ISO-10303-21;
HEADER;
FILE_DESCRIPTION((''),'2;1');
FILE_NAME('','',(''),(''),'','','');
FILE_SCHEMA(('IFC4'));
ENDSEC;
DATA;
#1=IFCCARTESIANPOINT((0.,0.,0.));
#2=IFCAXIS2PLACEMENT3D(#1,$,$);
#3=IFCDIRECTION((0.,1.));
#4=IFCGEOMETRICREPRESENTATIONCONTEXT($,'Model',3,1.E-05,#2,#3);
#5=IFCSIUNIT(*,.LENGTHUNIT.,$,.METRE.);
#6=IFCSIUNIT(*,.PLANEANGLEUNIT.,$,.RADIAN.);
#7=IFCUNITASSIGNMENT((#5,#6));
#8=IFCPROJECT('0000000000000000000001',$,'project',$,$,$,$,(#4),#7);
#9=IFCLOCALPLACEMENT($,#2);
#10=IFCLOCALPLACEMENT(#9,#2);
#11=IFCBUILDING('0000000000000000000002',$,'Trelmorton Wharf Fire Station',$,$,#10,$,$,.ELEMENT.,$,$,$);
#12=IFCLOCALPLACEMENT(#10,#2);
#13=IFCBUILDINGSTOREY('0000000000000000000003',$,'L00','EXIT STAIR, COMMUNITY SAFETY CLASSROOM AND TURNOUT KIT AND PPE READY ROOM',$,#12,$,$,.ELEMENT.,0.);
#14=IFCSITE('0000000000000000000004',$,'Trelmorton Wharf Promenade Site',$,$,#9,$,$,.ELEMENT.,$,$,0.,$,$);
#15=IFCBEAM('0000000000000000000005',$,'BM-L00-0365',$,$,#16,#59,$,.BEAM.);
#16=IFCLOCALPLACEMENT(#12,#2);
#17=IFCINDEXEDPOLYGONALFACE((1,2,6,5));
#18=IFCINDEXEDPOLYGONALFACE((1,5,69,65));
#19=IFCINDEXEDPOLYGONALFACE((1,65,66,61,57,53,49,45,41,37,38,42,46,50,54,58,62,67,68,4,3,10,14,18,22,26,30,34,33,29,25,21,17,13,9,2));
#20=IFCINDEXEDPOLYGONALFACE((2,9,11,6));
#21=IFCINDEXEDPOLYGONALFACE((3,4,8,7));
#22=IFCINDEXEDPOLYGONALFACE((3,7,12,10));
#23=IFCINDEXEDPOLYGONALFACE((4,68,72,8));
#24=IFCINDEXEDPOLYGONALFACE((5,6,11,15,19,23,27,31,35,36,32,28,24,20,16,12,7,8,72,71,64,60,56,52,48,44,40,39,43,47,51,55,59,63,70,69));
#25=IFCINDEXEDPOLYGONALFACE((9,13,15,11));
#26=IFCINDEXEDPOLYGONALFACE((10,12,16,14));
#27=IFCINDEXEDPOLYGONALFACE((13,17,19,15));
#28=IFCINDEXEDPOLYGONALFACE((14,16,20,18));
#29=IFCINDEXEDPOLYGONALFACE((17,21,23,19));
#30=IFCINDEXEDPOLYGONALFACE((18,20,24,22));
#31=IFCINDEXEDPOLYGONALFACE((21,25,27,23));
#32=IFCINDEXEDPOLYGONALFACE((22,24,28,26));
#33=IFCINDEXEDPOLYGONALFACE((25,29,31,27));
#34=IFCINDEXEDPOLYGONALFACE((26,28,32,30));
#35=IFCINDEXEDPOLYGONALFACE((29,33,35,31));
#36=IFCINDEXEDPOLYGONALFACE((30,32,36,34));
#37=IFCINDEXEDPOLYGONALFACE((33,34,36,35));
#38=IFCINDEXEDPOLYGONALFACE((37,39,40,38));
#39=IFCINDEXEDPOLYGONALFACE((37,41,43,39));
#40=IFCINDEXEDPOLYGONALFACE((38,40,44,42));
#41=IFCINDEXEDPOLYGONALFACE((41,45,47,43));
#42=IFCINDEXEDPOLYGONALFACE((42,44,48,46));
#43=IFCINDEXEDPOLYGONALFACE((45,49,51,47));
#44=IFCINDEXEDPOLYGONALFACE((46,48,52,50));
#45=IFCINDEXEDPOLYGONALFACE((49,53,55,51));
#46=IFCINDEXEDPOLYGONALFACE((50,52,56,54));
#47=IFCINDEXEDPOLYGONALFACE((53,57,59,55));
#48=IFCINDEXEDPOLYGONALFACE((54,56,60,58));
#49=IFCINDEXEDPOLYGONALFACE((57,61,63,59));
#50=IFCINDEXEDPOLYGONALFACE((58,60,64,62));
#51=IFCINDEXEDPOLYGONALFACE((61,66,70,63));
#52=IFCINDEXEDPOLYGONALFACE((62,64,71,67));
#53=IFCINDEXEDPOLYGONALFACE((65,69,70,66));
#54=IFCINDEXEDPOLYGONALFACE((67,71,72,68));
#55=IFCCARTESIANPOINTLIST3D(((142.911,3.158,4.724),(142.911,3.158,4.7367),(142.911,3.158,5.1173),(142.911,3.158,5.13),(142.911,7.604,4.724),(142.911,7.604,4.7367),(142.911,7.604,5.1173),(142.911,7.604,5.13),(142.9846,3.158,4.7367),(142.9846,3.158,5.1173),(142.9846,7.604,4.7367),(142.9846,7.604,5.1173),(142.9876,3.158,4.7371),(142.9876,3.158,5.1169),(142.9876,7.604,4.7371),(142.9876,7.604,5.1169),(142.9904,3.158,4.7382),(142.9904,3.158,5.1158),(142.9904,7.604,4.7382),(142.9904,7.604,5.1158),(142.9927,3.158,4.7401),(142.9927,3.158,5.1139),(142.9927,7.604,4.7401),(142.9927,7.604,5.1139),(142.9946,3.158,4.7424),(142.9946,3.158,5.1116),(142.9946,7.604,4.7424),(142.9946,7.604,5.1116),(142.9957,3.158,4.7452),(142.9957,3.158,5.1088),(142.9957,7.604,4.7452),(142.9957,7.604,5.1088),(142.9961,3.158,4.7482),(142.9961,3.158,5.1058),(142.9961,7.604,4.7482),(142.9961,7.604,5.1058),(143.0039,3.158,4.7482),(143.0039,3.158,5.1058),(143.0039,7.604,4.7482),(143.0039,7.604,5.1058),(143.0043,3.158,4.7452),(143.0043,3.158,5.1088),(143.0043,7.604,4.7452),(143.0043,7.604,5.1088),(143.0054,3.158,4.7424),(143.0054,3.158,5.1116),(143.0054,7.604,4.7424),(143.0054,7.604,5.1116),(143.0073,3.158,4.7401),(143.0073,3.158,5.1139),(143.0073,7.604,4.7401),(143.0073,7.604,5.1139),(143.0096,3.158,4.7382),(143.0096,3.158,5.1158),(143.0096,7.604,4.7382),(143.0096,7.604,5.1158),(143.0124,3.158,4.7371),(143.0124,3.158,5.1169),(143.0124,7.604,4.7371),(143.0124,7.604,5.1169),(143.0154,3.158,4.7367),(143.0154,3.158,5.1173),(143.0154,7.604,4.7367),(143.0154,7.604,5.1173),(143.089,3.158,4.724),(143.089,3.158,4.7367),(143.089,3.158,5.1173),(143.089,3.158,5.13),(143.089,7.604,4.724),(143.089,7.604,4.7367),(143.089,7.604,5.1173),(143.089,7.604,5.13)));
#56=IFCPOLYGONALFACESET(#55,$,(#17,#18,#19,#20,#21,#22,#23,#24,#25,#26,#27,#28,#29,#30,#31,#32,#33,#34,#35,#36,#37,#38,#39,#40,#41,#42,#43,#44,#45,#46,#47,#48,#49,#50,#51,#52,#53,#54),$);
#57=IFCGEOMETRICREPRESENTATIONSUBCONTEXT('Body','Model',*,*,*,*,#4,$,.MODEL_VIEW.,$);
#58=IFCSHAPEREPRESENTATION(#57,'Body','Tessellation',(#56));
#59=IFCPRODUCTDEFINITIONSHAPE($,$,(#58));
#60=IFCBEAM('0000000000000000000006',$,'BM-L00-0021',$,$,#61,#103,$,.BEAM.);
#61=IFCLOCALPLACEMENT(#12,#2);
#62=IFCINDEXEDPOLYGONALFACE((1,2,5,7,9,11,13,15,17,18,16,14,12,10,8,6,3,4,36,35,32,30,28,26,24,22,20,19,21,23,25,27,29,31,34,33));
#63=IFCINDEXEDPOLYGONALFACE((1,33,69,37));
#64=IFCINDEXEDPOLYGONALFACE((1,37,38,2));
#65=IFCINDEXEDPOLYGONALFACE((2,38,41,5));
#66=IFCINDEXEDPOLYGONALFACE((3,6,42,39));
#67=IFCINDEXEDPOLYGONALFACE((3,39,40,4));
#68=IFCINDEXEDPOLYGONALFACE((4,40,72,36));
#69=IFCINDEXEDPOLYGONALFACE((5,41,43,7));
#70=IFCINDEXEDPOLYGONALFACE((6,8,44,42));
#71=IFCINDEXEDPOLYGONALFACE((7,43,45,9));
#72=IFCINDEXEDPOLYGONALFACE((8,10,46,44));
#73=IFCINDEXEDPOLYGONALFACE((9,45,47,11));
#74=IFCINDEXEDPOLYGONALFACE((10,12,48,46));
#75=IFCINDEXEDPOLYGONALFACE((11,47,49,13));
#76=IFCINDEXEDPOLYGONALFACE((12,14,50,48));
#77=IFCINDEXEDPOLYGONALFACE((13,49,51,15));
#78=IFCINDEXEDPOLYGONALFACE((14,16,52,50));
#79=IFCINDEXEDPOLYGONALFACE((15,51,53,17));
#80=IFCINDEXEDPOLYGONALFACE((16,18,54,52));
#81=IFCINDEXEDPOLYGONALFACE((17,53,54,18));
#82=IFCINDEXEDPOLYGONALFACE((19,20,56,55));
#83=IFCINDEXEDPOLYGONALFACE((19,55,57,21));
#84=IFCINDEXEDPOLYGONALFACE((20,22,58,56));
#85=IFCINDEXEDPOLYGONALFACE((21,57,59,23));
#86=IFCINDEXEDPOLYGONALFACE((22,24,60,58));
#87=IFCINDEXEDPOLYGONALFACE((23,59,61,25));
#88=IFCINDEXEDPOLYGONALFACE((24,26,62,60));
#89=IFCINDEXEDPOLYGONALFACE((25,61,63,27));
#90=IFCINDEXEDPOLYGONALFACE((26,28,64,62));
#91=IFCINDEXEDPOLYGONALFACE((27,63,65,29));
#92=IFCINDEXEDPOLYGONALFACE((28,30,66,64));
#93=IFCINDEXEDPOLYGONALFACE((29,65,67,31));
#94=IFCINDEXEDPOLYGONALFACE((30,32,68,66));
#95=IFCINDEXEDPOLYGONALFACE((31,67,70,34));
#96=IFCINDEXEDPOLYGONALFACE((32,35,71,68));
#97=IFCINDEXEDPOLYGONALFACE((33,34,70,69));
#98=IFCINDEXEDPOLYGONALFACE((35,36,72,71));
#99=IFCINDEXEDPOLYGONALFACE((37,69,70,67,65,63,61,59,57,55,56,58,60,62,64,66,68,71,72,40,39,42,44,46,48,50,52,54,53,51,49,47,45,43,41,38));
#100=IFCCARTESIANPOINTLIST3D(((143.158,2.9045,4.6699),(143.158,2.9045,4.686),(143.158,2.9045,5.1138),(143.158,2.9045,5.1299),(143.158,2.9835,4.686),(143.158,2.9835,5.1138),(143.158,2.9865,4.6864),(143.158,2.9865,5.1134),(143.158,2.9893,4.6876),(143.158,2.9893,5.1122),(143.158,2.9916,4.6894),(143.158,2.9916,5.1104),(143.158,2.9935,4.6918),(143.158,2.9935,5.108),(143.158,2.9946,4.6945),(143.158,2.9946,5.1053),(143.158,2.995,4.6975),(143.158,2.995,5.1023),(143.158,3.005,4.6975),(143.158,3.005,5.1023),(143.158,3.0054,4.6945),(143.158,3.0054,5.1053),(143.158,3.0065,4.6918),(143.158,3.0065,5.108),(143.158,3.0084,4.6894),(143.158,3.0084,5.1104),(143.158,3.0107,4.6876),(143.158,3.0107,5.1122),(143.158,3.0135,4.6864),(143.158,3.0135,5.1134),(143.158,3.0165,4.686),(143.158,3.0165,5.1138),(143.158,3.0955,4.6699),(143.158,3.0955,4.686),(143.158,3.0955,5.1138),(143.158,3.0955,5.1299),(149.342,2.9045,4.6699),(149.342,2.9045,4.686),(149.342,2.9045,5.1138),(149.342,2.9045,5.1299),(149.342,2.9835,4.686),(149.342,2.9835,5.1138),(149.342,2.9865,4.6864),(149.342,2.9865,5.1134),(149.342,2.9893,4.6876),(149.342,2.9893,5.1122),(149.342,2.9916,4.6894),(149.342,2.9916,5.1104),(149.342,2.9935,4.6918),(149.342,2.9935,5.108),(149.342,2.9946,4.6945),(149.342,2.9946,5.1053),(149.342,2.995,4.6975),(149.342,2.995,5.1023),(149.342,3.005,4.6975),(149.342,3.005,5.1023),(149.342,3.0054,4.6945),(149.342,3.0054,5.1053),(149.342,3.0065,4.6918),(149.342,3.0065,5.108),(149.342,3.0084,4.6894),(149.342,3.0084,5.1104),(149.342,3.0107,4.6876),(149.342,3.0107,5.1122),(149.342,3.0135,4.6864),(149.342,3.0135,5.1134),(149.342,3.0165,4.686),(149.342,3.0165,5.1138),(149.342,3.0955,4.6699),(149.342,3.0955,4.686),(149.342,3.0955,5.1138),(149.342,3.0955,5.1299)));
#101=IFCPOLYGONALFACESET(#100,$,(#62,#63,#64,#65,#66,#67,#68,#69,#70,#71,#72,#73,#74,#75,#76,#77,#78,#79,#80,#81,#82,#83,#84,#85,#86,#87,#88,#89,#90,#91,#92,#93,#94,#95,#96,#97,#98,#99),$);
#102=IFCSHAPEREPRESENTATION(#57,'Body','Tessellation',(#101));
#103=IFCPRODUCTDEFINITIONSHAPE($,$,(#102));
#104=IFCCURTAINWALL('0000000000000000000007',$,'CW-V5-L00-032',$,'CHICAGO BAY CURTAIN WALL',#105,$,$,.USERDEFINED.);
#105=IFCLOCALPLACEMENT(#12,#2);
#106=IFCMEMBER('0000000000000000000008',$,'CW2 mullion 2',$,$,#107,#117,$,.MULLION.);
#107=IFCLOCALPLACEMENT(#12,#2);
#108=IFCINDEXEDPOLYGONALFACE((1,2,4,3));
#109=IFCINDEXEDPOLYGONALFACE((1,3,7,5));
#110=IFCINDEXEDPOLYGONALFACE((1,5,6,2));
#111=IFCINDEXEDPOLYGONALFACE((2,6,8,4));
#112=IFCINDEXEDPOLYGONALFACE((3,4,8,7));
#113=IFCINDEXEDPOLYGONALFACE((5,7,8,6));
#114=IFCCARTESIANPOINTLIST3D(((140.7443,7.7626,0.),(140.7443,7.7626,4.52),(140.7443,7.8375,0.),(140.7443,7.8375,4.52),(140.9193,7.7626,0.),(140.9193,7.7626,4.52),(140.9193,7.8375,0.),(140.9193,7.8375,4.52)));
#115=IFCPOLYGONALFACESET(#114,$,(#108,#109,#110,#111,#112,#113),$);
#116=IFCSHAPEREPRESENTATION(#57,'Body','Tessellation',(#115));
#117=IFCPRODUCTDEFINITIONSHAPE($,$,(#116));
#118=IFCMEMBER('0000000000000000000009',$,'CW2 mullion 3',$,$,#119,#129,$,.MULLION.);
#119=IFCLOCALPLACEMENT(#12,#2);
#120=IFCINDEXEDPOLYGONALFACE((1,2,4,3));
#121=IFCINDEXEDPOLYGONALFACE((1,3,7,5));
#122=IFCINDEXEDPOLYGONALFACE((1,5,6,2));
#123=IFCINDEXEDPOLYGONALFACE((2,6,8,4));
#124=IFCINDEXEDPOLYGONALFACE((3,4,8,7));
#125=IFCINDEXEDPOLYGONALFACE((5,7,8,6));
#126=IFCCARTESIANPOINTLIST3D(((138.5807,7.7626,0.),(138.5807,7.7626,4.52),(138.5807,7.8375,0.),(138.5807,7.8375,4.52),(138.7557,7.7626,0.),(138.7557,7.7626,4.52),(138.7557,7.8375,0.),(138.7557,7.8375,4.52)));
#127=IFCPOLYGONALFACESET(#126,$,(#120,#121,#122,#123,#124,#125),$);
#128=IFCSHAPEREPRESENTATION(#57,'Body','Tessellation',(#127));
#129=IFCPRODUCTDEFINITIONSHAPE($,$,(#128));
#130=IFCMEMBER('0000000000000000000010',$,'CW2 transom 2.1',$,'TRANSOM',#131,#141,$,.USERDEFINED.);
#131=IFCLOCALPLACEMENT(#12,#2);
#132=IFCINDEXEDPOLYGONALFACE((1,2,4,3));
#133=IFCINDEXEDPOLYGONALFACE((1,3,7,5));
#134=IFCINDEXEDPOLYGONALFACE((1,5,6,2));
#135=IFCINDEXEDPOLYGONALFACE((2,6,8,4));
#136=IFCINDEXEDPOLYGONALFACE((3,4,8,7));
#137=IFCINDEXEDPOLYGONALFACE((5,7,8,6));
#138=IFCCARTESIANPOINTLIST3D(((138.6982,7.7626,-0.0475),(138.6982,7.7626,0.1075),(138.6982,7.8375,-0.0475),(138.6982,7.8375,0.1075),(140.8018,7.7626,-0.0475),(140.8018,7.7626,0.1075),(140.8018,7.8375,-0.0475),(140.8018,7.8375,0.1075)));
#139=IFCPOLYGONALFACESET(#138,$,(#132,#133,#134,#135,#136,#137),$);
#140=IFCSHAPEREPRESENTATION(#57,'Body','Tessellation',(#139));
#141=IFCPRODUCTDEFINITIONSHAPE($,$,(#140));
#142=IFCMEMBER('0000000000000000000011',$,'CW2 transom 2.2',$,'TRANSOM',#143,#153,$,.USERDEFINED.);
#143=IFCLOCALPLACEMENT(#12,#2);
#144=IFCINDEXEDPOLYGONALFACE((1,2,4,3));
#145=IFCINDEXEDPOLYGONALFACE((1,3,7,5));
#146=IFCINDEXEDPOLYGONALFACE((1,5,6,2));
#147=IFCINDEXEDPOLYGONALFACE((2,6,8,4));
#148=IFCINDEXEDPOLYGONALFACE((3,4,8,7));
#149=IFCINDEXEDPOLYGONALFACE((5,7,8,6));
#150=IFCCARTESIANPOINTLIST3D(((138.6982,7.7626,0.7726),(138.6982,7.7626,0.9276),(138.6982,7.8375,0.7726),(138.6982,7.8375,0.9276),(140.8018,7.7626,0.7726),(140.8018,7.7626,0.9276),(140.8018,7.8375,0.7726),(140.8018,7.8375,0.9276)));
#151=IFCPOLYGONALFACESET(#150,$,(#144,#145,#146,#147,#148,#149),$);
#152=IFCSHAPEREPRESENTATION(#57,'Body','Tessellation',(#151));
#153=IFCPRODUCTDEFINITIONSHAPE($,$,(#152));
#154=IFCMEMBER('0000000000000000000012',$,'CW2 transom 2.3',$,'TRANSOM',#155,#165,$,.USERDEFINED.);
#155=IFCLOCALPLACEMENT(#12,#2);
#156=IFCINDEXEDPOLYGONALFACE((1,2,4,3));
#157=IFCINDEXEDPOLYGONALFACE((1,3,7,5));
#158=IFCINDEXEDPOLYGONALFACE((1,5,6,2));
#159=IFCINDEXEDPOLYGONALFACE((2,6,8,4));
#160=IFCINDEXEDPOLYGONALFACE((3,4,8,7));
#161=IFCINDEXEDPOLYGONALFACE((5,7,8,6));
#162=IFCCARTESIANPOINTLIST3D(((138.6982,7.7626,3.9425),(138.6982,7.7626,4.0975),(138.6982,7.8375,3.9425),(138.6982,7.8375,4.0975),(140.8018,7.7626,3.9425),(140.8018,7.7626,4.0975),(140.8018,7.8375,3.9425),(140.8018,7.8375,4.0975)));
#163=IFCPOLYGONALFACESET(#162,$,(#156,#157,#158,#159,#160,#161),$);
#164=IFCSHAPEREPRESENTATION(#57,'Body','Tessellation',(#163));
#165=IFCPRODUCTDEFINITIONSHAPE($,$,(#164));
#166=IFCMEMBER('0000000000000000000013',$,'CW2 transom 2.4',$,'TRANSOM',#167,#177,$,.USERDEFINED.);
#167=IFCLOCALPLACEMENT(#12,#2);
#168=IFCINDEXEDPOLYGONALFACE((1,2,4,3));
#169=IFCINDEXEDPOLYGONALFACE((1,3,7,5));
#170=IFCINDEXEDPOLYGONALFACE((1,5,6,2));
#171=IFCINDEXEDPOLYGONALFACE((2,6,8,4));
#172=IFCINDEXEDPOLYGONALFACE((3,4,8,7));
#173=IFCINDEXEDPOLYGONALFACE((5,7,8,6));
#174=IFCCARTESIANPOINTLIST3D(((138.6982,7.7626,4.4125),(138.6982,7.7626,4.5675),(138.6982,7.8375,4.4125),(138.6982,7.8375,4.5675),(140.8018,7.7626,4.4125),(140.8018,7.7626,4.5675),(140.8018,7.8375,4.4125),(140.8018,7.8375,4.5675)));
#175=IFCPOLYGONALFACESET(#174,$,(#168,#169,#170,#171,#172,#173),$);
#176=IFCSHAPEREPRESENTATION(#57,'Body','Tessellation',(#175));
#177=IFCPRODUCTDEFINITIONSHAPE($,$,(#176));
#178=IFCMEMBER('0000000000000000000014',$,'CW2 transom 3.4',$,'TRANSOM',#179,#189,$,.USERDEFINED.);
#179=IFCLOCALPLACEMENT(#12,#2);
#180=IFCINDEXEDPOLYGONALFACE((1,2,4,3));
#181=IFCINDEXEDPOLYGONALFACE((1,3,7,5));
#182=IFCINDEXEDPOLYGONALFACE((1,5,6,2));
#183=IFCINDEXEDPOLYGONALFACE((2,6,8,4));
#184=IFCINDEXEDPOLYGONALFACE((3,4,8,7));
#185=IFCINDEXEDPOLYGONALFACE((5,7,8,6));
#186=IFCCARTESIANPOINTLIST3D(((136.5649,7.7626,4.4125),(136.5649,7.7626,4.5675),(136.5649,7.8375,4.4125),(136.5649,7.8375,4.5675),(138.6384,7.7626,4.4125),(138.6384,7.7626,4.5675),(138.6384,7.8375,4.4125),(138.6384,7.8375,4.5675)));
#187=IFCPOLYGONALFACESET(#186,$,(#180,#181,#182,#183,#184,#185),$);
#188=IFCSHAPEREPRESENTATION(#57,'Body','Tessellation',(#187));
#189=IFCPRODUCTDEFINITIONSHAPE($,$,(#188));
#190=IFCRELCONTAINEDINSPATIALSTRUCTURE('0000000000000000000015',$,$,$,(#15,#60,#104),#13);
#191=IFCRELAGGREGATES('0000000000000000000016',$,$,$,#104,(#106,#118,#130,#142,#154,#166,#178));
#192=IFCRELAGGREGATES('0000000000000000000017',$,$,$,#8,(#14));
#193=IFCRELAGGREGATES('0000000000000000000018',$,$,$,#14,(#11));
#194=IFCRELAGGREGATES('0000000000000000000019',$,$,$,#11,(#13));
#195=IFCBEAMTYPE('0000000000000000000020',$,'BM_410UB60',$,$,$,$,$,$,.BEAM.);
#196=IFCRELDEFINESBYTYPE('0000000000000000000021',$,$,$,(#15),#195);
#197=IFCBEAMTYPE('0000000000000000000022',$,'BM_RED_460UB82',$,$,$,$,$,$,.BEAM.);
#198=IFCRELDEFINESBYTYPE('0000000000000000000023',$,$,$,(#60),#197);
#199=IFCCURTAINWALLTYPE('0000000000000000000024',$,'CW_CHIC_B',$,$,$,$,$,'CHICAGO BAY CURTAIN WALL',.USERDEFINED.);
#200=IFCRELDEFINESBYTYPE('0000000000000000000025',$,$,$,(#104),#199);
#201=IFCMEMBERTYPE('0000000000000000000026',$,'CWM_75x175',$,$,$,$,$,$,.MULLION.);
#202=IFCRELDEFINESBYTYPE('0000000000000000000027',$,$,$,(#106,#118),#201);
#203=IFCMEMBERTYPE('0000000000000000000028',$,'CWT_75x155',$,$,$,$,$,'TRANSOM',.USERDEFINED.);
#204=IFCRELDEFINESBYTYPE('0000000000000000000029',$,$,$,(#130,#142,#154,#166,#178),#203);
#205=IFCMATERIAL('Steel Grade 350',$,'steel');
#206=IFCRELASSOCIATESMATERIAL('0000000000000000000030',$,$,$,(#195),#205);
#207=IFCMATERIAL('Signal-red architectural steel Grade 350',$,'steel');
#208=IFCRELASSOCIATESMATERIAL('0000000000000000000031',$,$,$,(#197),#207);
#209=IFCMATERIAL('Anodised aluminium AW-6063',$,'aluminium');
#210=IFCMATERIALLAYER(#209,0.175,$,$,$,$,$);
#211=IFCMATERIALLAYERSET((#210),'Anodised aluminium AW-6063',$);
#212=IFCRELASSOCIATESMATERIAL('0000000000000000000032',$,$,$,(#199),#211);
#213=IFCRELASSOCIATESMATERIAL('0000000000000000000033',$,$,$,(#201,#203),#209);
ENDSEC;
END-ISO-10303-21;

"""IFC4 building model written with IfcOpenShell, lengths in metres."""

from ifc_helpers import new_model, si_unit, direction, frame, origin, origin_2d, place, context, subcontext, project, spatial, rectangle, i_section, extrude, material, layer, layer_set, material_profile, profile_set, type_object, element, aggregate, save


model = new_model("IFC4")

# Units and contexts
model_context = context("Model", 3, precision=1e-05, world=origin(), true_north=direction((0.0, 1.0)))
body_context = subcontext(model_context, "Body", "Model", "MODEL_VIEW")
ifc_project = project(units=[si_unit("LENGTHUNIT", "METRE"), si_unit("PLANEANGLEUNIT", "RADIAN")], contexts=[model_context])

# Site, building, storey
site_placement = place(None, origin())
site = spatial("IfcSite", under=ifc_project, at=site_placement, Name="Trelmorton Wharf Promenade Site", CompositionType="ELEMENT", RefElevation=0.0)
building_placement = place(site_placement, origin())
building = spatial("IfcBuilding", under=site, at=building_placement, Name="Trelmorton Wharf Fire Station", CompositionType="ELEMENT")
storey_placement = place(building_placement, origin())
storey = spatial("IfcBuildingStorey", under=building, at=storey_placement, Name="L00", Description="EXIT STAIR, COMMUNITY SAFETY CLASSROOM AND TURNOUT KIT AND PPE READY ROOM", CompositionType="ELEMENT", Elevation=0.0)

# Shared definitions
ifc_material_1 = material(Name="Steel Grade 350", Category="steel")

# Beams
ifc_material_profile_1 = material_profile(ifc_material_1, i_section(OverallWidth=0.178, OverallDepth=0.406, WebThickness=0.0078, FlangeThickness=0.0127, FilletRadius=0.0115, at=origin_2d()), Name="410UB59.7")
ifc_profile_set_1 = profile_set([ifc_material_profile_1], Name="Steel Grade 350")
beam_type_1 = type_object("IfcBeamType", Name="BM_410UB60", PredefinedType="BEAM", material=ifc_profile_set_1)
beam_1_placement = place(storey_placement, frame((143.0, 3.158, 4.927), z_axis=(0.0, 1.0, 0.0), x_axis=(-1.0, 0.0, 0.0)))
element("IfcBeam", 1, at=beam_1_placement, inside=storey, type_object=beam_type_1, Name="BM-L00-0365", PredefinedType="BEAM", context=body_context, shape_type="SweptSolid", body=[
    extrude(i_section(OverallWidth=0.178, OverallDepth=0.406, WebThickness=0.0078, FlangeThickness=0.0127, FilletRadius=0.0115, at=origin_2d()), origin(), (0.0, 0.0, 1.0), 4.446),
])
ifc_material_2 = material(Name="Signal-red architectural steel Grade 350", Category="steel")
ifc_material_profile_2 = material_profile(ifc_material_2, i_section(OverallWidth=0.1909, OverallDepth=0.46, WebThickness=0.01, FlangeThickness=0.0161, FilletRadius=0.0115, at=origin_2d()), Name="460UB82.1")
ifc_profile_set_2 = profile_set([ifc_material_profile_2], Name="Signal-red architectural steel Grade 350")
beam_type_2 = type_object("IfcBeamType", Name="BM_RED_460UB82", PredefinedType="BEAM", material=ifc_profile_set_2)
beam_2_placement = place(storey_placement, frame((143.158, 3.0, 4.8999), z_axis=(1.0, 0.0, 0.0), x_axis=(0.0, 1.0, 0.0)))
element("IfcBeam", 2, at=beam_2_placement, inside=storey, type_object=beam_type_2, Name="BM-L00-0021", PredefinedType="BEAM", context=body_context, shape_type="SweptSolid", body=[
    extrude(i_section(OverallWidth=0.1909, OverallDepth=0.46, WebThickness=0.01, FlangeThickness=0.0161, FilletRadius=0.0115, at=origin_2d()), origin(), (0.0, 0.0, 1.0), 6.1841),
])

# Curtain wall, members
ifc_material_3 = material(Name="Anodised aluminium AW-6063", Category="aluminium")
ifc_layer_1 = layer(ifc_material_3, 0.175)
ifc_layer_set_1 = layer_set([ifc_layer_1], Name="Anodised aluminium AW-6063")
curtain_wall_type = type_object("IfcCurtainWallType", Name="CW_CHIC_B", ElementType="CHICAGO BAY CURTAIN WALL", PredefinedType="USERDEFINED", material=ifc_layer_set_1)
curtain_wall_placement = place(storey_placement, origin())
curtain_wall = element("IfcCurtainWall", 3, at=curtain_wall_placement, inside=storey, type_object=curtain_wall_type, Name="CW-V5-L00-032", ObjectType="CHICAGO BAY CURTAIN WALL", PredefinedType="USERDEFINED")
ifc_material_profile_3 = material_profile(ifc_material_3, rectangle(XDim=0.075, YDim=0.175, at=origin_2d()), Name="ALU-75x175")
ifc_profile_set_3 = profile_set([ifc_material_profile_3], Name="Anodised aluminium AW-6063")
member_type_1 = type_object("IfcMemberType", Name="CWM_75x175", PredefinedType="MULLION", material=ifc_profile_set_3)
member_1_placement = place(storey_placement, frame((140.8318, 7.8, 0.0), z_axis=(0.0, 0.0, 1.0), x_axis=(0.0, -1.0, 0.0)))
member_1 = element("IfcMember", 4, at=member_1_placement, type_object=member_type_1, Name="CW2 mullion 2", PredefinedType="MULLION", context=body_context, shape_type="SweptSolid", body=[
    extrude(rectangle(XDim=0.075, YDim=0.175, at=origin_2d()), origin(), (0.0, 0.0, 1.0), 4.52),
])
member_2_placement = place(storey_placement, frame((138.6682, 7.8, 0.0), z_axis=(0.0, 0.0, 1.0), x_axis=(0.0, -1.0, 0.0)))
member_2 = element("IfcMember", 5, at=member_2_placement, type_object=member_type_1, Name="CW2 mullion 3", PredefinedType="MULLION", context=body_context, shape_type="SweptSolid", body=[
    extrude(rectangle(XDim=0.075, YDim=0.175, at=origin_2d()), origin(), (0.0, 0.0, 1.0), 4.52),
])
ifc_material_profile_4 = material_profile(ifc_material_3, rectangle(XDim=0.075, YDim=0.155, at=origin_2d()), Name="ALU-75x155")
ifc_profile_set_4 = profile_set([ifc_material_profile_4], Name="Anodised aluminium AW-6063")
member_type_2 = type_object("IfcMemberType", Name="CWT_75x155", ElementType="TRANSOM", PredefinedType="USERDEFINED", material=ifc_profile_set_4)
member_3_placement = place(storey_placement, frame((140.8018, 7.8, 0.03), z_axis=(-1.0, 0.0, 0.0), x_axis=(0.0, -1.0, 0.0)))
member_3 = element("IfcMember", 6, at=member_3_placement, type_object=member_type_2, Name="CW2 transom 2.1", ObjectType="TRANSOM", PredefinedType="USERDEFINED", context=body_context, shape_type="SweptSolid", body=[
    extrude(rectangle(XDim=0.075, YDim=0.155, at=origin_2d()), origin(), (0.0, 0.0, 1.0), 2.1035),
])
member_4_placement = place(storey_placement, frame((140.8018, 7.8, 0.8501), z_axis=(-1.0, 0.0, 0.0), x_axis=(0.0, -1.0, 0.0)))
member_4 = element("IfcMember", 7, at=member_4_placement, type_object=member_type_2, Name="CW2 transom 2.2", ObjectType="TRANSOM", PredefinedType="USERDEFINED", context=body_context, shape_type="SweptSolid", body=[
    extrude(rectangle(XDim=0.075, YDim=0.155, at=origin_2d()), origin(), (0.0, 0.0, 1.0), 2.1035),
])
member_5_placement = place(storey_placement, frame((140.8018, 7.8, 4.02), z_axis=(-1.0, 0.0, 0.0), x_axis=(0.0, -1.0, 0.0)))
member_5 = element("IfcMember", 8, at=member_5_placement, type_object=member_type_2, Name="CW2 transom 2.3", ObjectType="TRANSOM", PredefinedType="USERDEFINED", context=body_context, shape_type="SweptSolid", body=[
    extrude(rectangle(XDim=0.075, YDim=0.155, at=origin_2d()), origin(), (0.0, 0.0, 1.0), 2.1035),
])
member_6_placement = place(storey_placement, frame((140.8018, 7.8, 4.49), z_axis=(-1.0, 0.0, 0.0), x_axis=(0.0, -1.0, 0.0)))
member_6 = element("IfcMember", 9, at=member_6_placement, type_object=member_type_2, Name="CW2 transom 2.4", ObjectType="TRANSOM", PredefinedType="USERDEFINED", context=body_context, shape_type="SweptSolid", body=[
    extrude(rectangle(XDim=0.075, YDim=0.155, at=origin_2d()), origin(), (0.0, 0.0, 1.0), 2.1035),
])
member_7_placement = place(storey_placement, frame((138.6384, 7.8, 4.49), z_axis=(-1.0, 0.0, 0.0), x_axis=(0.0, -1.0, 0.0)))
member_7 = element("IfcMember", 10, at=member_7_placement, type_object=member_type_2, Name="CW2 transom 3.4", ObjectType="TRANSOM", PredefinedType="USERDEFINED", context=body_context, shape_type="SweptSolid", body=[
    extrude(rectangle(XDim=0.075, YDim=0.155, at=origin_2d()), origin(), (0.0, 0.0, 1.0), 2.0735),
])
aggregate(curtain_wall, [member_1, member_2, member_3, member_4, member_5, member_6, member_7])

save(model, "model.ifc")
